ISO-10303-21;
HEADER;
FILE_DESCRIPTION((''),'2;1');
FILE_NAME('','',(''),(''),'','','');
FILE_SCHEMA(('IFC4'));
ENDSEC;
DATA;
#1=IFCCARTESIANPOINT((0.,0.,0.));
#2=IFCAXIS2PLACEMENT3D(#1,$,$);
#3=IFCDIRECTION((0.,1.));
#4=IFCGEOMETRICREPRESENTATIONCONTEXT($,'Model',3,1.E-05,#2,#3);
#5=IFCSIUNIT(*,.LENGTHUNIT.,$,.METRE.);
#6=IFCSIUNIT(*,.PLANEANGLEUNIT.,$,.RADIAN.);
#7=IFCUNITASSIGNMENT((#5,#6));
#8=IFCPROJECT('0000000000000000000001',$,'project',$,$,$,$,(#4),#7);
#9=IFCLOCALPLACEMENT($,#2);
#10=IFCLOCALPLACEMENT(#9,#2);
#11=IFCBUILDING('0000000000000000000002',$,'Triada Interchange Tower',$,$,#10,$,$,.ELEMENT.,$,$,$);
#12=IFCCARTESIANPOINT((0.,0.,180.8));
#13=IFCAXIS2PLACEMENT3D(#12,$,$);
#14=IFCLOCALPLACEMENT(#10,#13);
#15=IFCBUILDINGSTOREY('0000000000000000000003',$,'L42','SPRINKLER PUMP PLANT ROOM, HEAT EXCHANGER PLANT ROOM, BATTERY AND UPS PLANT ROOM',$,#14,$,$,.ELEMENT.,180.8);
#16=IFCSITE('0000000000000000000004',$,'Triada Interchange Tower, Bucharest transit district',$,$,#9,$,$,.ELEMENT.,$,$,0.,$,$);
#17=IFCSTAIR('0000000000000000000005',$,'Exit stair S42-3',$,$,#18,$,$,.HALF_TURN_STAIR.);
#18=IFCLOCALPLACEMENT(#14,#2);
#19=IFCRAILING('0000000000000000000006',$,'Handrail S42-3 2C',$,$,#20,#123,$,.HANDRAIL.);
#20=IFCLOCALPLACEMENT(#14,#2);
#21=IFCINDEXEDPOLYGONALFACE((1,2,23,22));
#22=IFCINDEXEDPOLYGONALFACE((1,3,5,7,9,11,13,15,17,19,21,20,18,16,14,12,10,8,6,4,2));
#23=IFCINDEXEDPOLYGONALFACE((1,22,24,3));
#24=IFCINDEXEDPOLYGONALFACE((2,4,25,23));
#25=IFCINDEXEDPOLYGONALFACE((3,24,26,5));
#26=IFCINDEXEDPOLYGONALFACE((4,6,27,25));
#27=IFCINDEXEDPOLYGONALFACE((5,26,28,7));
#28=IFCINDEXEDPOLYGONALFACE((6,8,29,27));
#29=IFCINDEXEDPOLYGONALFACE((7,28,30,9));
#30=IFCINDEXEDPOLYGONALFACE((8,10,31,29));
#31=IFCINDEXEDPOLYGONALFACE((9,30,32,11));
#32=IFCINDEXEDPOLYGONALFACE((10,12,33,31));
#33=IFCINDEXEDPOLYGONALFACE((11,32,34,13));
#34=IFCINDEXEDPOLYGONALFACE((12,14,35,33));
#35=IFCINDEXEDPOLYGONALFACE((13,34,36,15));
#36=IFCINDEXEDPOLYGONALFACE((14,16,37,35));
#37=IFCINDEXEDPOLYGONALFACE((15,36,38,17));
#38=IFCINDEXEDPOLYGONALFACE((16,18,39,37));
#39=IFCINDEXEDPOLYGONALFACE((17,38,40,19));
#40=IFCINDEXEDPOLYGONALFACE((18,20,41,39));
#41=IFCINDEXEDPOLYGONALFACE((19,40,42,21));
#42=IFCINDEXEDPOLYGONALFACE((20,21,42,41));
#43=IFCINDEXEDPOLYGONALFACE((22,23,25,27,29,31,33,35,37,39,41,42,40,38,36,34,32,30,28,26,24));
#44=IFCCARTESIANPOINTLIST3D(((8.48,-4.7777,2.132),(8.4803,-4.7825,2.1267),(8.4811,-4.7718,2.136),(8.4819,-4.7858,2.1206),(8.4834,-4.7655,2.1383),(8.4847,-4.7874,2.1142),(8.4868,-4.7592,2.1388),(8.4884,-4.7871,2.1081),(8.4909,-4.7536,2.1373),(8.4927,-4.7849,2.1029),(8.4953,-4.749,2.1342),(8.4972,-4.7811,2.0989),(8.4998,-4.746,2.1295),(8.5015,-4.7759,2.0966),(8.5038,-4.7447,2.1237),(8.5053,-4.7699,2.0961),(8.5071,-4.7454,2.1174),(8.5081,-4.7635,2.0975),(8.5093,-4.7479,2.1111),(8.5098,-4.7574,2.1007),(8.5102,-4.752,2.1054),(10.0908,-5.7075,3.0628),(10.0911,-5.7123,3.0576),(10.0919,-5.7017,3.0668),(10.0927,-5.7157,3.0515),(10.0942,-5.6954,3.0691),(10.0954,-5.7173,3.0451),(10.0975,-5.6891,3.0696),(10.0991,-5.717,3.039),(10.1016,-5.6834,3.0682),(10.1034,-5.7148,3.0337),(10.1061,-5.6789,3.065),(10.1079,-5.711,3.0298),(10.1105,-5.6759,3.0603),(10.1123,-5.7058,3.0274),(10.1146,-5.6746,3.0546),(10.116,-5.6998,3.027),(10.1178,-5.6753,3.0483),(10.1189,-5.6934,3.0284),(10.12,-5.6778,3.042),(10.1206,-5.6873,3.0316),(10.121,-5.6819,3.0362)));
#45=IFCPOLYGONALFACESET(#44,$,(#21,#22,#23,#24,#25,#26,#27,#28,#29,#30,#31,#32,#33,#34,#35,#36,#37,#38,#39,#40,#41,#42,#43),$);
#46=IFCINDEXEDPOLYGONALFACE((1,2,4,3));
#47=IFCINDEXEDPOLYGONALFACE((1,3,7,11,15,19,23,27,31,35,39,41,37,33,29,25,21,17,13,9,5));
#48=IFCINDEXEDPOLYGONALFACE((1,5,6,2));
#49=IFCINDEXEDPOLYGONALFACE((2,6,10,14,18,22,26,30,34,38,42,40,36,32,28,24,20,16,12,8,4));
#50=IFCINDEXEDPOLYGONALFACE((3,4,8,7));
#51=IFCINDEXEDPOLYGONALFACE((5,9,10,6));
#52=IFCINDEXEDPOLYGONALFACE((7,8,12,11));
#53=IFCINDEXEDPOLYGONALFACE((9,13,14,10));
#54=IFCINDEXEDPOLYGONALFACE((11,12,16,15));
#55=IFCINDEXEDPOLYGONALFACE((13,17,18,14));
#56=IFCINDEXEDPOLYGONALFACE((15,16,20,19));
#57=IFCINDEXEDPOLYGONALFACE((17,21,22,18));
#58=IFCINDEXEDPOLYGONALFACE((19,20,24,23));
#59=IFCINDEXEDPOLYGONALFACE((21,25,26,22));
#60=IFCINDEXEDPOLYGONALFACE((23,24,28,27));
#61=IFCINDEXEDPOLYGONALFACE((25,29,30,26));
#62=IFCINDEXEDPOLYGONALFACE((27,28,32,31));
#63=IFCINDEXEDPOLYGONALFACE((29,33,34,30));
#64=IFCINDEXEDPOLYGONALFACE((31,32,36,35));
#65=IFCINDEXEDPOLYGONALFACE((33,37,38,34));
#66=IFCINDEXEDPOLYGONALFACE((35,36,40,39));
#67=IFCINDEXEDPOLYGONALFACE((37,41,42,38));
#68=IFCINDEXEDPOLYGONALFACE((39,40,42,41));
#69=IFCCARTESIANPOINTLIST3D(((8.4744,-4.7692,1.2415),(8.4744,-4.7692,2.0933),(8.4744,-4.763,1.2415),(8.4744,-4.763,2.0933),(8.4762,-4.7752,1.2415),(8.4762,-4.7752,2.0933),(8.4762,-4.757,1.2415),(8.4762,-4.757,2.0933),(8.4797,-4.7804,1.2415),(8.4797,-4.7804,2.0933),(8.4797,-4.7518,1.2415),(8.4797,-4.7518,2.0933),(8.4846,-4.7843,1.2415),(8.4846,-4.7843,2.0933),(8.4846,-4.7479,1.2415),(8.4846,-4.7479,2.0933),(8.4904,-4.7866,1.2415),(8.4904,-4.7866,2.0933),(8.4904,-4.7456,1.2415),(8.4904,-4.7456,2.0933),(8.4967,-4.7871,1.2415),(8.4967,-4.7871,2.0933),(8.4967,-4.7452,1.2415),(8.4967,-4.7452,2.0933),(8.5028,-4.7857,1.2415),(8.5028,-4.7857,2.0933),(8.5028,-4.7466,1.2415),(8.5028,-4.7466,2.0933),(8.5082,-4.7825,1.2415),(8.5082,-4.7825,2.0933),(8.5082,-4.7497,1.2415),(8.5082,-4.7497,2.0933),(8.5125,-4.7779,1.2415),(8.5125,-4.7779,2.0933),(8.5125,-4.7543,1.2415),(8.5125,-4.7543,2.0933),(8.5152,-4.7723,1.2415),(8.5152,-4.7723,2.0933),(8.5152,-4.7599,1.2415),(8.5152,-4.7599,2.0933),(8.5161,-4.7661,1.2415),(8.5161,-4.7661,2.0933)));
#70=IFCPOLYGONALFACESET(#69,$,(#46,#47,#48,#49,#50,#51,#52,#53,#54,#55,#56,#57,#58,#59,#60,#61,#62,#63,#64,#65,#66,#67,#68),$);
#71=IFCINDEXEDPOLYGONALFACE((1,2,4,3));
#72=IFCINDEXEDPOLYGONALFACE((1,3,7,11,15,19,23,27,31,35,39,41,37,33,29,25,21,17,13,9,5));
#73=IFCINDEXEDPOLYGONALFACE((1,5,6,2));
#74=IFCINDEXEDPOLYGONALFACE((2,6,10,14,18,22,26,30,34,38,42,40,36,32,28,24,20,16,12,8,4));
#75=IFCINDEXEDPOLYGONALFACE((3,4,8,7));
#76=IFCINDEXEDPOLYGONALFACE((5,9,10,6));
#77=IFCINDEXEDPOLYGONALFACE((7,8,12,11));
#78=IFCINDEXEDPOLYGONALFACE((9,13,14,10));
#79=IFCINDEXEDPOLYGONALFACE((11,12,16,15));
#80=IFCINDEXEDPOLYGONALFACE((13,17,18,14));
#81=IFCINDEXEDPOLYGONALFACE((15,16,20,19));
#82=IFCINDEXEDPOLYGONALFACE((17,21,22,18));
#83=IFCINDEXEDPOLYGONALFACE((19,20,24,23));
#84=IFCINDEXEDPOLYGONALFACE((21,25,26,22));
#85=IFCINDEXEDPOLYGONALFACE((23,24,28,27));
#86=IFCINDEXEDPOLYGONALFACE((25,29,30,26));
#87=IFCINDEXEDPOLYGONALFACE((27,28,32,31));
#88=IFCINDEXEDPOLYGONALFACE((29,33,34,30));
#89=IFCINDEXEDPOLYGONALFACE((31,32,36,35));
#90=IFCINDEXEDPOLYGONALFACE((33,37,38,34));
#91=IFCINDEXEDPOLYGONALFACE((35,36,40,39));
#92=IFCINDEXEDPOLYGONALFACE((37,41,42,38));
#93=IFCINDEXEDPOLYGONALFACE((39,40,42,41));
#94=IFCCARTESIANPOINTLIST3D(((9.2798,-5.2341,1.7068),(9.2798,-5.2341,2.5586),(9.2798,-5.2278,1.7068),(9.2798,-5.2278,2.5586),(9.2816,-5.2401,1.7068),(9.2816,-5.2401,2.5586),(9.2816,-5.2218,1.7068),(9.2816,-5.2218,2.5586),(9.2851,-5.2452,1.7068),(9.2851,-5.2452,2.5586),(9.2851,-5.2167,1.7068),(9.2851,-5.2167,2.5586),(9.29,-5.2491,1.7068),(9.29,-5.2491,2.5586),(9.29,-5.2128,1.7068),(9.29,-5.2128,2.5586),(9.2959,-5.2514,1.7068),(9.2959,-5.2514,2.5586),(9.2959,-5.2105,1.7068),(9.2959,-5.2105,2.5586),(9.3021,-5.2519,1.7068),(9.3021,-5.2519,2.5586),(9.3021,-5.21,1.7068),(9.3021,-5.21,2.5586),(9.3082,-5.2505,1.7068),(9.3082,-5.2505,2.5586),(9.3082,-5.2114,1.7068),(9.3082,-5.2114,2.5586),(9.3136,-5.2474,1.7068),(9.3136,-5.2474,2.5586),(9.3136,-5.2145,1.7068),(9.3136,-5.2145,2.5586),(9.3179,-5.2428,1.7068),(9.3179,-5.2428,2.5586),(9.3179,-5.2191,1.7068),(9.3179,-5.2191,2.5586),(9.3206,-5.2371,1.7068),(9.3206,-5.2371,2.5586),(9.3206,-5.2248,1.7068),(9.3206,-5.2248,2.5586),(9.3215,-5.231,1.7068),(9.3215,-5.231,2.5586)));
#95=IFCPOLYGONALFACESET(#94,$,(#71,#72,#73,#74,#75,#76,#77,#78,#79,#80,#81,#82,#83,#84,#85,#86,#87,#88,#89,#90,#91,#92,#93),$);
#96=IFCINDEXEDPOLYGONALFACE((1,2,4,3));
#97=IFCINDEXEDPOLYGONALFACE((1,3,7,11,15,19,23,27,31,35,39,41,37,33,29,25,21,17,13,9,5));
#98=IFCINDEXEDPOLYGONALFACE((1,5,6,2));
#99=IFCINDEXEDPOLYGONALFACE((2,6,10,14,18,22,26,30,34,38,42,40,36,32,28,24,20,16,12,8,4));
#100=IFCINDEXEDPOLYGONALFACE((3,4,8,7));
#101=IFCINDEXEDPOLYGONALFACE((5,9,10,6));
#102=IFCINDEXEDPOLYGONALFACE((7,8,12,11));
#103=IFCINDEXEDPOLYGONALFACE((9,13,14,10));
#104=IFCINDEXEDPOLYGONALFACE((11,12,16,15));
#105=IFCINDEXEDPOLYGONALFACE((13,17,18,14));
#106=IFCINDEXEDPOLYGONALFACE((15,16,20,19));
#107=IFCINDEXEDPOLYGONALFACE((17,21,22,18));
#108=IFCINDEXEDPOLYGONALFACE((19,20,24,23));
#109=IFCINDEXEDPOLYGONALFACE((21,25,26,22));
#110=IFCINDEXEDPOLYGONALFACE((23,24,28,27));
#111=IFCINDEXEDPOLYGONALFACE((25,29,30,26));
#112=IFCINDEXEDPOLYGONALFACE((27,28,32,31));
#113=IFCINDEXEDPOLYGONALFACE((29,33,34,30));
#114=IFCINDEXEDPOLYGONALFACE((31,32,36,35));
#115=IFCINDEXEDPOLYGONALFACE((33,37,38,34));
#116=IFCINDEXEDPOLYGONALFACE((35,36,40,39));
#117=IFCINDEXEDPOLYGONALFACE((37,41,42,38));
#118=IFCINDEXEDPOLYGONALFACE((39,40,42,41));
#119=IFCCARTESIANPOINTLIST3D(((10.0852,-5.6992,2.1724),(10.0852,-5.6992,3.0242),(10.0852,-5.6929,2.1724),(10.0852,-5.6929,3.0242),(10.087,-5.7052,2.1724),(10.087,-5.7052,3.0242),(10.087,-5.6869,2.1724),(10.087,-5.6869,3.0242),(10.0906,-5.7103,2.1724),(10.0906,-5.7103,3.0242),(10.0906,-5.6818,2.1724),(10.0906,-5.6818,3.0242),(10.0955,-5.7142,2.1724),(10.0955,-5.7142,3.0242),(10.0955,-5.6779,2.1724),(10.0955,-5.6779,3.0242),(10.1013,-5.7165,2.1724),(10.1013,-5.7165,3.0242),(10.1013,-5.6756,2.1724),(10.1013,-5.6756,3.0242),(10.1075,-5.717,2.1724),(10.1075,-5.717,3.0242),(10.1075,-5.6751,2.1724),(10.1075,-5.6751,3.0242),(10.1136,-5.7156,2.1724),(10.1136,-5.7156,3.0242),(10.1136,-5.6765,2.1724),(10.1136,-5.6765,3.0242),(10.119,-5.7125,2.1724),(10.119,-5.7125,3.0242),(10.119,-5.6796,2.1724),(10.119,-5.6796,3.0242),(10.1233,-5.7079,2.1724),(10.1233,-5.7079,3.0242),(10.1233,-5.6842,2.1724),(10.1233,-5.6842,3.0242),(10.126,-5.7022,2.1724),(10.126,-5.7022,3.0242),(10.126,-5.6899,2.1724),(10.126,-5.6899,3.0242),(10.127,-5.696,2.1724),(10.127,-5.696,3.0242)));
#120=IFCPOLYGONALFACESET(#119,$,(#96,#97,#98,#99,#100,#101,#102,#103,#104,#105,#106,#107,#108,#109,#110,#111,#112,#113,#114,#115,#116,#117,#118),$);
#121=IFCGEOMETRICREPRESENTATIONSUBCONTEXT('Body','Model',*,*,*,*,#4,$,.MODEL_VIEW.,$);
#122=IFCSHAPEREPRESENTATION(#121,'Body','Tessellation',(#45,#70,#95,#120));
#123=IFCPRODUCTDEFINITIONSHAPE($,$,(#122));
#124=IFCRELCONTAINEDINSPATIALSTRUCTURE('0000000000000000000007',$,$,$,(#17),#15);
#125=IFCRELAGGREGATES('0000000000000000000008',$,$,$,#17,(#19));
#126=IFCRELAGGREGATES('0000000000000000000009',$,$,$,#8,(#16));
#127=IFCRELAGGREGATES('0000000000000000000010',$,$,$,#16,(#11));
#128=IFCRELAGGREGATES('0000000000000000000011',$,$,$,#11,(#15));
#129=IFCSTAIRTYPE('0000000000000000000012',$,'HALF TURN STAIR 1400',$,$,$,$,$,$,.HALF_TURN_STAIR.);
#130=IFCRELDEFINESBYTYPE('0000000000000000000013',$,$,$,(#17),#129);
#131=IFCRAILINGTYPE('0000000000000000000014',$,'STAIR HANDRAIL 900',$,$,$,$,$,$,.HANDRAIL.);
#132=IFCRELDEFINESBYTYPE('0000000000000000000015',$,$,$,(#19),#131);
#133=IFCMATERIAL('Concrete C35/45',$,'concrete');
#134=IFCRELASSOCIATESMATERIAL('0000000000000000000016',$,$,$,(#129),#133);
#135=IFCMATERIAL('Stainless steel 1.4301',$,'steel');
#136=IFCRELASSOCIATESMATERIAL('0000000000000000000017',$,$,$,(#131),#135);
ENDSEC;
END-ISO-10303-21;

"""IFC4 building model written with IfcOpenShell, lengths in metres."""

from ifc_helpers import new_model, si_unit, direction, frame, origin, origin_2d, place, context, subcontext, project, spatial, circle, extrude, material, type_object, element, aggregate, save


model = new_model("IFC4")

# Units and contexts
model_context = context("Model", 3, precision=1e-05, world=origin(), true_north=direction((0.0, 1.0)))
body_context = subcontext(model_context, "Body", "Model", "MODEL_VIEW")
ifc_project = project(units=[si_unit("LENGTHUNIT", "METRE"), si_unit("PLANEANGLEUNIT", "RADIAN")], contexts=[model_context])

# Site, building, storey
site_placement = place(None, origin())
site = spatial("IfcSite", under=ifc_project, at=site_placement, Name="Triada Interchange Tower, Bucharest transit district", CompositionType="ELEMENT", RefElevation=0.0)
building_placement = place(site_placement, origin())
building = spatial("IfcBuilding", under=site, at=building_placement, Name="Triada Interchange Tower", CompositionType="ELEMENT")
storey_placement = place(building_placement, frame((0.0, 0.0, 180.8)))
storey = spatial("IfcBuildingStorey", under=building, at=storey_placement, Name="L42", Description="SPRINKLER PUMP PLANT ROOM, HEAT EXCHANGER PLANT ROOM, BATTERY AND UPS PLANT ROOM", CompositionType="ELEMENT", Elevation=180.8)

# Shared definitions
ifc_material_1 = material(Name="Concrete C35/45", Category="concrete")

# Stair, railing
stair_type = type_object("IfcStairType", Name="HALF TURN STAIR 1400", PredefinedType="HALF_TURN_STAIR", material=ifc_material_1)
stair_placement = place(storey_placement, origin())
stair = element("IfcStair", 1, at=stair_placement, inside=storey, type_object=stair_type, Name="Exit stair S42-3", PredefinedType="HALF_TURN_STAIR")
ifc_material_2 = material(Name="Stainless steel 1.4301", Category="steel")
railing_type_1 = type_object("IfcRailingType", Name="STAIR HANDRAIL 900", PredefinedType="HANDRAIL", material=ifc_material_2)
railing_1_placement = place(storey_placement, frame((8.4951, -4.7661, 1.2415)))
railing_1 = element("IfcRailing", 2, at=railing_1_placement, type_object=railing_type_1, Name="Handrail S42-3 2C", PredefinedType="HANDRAIL", context=body_context, shape_type="SweptSolid", body=[
    extrude(circle(Radius=0.0239, at=origin_2d()), frame((0.0, 0.0, 0.876), z_axis=(0.774463, -0.447095, 0.447564), x_axis=(0.499965, 0.866046, 0.0)), (0.0, 0.0, 1.0), 2.0798),
    extrude(circle(Radius=0.021, at=origin_2d()), origin(), (0.0, 0.0, 1.0), 0.8518),
    extrude(circle(Radius=0.021, at=origin_2d()), frame((0.8054, -0.4648, 0.4653)), (0.0, 0.0, 1.0), 0.8518),
    extrude(circle(Radius=0.021, at=origin_2d()), frame((1.6108, -0.9299, 0.9309)), (0.0, 0.0, 1.0), 0.8518),
])
aggregate(stair, [railing_1])

save(model, "model.ifc")
